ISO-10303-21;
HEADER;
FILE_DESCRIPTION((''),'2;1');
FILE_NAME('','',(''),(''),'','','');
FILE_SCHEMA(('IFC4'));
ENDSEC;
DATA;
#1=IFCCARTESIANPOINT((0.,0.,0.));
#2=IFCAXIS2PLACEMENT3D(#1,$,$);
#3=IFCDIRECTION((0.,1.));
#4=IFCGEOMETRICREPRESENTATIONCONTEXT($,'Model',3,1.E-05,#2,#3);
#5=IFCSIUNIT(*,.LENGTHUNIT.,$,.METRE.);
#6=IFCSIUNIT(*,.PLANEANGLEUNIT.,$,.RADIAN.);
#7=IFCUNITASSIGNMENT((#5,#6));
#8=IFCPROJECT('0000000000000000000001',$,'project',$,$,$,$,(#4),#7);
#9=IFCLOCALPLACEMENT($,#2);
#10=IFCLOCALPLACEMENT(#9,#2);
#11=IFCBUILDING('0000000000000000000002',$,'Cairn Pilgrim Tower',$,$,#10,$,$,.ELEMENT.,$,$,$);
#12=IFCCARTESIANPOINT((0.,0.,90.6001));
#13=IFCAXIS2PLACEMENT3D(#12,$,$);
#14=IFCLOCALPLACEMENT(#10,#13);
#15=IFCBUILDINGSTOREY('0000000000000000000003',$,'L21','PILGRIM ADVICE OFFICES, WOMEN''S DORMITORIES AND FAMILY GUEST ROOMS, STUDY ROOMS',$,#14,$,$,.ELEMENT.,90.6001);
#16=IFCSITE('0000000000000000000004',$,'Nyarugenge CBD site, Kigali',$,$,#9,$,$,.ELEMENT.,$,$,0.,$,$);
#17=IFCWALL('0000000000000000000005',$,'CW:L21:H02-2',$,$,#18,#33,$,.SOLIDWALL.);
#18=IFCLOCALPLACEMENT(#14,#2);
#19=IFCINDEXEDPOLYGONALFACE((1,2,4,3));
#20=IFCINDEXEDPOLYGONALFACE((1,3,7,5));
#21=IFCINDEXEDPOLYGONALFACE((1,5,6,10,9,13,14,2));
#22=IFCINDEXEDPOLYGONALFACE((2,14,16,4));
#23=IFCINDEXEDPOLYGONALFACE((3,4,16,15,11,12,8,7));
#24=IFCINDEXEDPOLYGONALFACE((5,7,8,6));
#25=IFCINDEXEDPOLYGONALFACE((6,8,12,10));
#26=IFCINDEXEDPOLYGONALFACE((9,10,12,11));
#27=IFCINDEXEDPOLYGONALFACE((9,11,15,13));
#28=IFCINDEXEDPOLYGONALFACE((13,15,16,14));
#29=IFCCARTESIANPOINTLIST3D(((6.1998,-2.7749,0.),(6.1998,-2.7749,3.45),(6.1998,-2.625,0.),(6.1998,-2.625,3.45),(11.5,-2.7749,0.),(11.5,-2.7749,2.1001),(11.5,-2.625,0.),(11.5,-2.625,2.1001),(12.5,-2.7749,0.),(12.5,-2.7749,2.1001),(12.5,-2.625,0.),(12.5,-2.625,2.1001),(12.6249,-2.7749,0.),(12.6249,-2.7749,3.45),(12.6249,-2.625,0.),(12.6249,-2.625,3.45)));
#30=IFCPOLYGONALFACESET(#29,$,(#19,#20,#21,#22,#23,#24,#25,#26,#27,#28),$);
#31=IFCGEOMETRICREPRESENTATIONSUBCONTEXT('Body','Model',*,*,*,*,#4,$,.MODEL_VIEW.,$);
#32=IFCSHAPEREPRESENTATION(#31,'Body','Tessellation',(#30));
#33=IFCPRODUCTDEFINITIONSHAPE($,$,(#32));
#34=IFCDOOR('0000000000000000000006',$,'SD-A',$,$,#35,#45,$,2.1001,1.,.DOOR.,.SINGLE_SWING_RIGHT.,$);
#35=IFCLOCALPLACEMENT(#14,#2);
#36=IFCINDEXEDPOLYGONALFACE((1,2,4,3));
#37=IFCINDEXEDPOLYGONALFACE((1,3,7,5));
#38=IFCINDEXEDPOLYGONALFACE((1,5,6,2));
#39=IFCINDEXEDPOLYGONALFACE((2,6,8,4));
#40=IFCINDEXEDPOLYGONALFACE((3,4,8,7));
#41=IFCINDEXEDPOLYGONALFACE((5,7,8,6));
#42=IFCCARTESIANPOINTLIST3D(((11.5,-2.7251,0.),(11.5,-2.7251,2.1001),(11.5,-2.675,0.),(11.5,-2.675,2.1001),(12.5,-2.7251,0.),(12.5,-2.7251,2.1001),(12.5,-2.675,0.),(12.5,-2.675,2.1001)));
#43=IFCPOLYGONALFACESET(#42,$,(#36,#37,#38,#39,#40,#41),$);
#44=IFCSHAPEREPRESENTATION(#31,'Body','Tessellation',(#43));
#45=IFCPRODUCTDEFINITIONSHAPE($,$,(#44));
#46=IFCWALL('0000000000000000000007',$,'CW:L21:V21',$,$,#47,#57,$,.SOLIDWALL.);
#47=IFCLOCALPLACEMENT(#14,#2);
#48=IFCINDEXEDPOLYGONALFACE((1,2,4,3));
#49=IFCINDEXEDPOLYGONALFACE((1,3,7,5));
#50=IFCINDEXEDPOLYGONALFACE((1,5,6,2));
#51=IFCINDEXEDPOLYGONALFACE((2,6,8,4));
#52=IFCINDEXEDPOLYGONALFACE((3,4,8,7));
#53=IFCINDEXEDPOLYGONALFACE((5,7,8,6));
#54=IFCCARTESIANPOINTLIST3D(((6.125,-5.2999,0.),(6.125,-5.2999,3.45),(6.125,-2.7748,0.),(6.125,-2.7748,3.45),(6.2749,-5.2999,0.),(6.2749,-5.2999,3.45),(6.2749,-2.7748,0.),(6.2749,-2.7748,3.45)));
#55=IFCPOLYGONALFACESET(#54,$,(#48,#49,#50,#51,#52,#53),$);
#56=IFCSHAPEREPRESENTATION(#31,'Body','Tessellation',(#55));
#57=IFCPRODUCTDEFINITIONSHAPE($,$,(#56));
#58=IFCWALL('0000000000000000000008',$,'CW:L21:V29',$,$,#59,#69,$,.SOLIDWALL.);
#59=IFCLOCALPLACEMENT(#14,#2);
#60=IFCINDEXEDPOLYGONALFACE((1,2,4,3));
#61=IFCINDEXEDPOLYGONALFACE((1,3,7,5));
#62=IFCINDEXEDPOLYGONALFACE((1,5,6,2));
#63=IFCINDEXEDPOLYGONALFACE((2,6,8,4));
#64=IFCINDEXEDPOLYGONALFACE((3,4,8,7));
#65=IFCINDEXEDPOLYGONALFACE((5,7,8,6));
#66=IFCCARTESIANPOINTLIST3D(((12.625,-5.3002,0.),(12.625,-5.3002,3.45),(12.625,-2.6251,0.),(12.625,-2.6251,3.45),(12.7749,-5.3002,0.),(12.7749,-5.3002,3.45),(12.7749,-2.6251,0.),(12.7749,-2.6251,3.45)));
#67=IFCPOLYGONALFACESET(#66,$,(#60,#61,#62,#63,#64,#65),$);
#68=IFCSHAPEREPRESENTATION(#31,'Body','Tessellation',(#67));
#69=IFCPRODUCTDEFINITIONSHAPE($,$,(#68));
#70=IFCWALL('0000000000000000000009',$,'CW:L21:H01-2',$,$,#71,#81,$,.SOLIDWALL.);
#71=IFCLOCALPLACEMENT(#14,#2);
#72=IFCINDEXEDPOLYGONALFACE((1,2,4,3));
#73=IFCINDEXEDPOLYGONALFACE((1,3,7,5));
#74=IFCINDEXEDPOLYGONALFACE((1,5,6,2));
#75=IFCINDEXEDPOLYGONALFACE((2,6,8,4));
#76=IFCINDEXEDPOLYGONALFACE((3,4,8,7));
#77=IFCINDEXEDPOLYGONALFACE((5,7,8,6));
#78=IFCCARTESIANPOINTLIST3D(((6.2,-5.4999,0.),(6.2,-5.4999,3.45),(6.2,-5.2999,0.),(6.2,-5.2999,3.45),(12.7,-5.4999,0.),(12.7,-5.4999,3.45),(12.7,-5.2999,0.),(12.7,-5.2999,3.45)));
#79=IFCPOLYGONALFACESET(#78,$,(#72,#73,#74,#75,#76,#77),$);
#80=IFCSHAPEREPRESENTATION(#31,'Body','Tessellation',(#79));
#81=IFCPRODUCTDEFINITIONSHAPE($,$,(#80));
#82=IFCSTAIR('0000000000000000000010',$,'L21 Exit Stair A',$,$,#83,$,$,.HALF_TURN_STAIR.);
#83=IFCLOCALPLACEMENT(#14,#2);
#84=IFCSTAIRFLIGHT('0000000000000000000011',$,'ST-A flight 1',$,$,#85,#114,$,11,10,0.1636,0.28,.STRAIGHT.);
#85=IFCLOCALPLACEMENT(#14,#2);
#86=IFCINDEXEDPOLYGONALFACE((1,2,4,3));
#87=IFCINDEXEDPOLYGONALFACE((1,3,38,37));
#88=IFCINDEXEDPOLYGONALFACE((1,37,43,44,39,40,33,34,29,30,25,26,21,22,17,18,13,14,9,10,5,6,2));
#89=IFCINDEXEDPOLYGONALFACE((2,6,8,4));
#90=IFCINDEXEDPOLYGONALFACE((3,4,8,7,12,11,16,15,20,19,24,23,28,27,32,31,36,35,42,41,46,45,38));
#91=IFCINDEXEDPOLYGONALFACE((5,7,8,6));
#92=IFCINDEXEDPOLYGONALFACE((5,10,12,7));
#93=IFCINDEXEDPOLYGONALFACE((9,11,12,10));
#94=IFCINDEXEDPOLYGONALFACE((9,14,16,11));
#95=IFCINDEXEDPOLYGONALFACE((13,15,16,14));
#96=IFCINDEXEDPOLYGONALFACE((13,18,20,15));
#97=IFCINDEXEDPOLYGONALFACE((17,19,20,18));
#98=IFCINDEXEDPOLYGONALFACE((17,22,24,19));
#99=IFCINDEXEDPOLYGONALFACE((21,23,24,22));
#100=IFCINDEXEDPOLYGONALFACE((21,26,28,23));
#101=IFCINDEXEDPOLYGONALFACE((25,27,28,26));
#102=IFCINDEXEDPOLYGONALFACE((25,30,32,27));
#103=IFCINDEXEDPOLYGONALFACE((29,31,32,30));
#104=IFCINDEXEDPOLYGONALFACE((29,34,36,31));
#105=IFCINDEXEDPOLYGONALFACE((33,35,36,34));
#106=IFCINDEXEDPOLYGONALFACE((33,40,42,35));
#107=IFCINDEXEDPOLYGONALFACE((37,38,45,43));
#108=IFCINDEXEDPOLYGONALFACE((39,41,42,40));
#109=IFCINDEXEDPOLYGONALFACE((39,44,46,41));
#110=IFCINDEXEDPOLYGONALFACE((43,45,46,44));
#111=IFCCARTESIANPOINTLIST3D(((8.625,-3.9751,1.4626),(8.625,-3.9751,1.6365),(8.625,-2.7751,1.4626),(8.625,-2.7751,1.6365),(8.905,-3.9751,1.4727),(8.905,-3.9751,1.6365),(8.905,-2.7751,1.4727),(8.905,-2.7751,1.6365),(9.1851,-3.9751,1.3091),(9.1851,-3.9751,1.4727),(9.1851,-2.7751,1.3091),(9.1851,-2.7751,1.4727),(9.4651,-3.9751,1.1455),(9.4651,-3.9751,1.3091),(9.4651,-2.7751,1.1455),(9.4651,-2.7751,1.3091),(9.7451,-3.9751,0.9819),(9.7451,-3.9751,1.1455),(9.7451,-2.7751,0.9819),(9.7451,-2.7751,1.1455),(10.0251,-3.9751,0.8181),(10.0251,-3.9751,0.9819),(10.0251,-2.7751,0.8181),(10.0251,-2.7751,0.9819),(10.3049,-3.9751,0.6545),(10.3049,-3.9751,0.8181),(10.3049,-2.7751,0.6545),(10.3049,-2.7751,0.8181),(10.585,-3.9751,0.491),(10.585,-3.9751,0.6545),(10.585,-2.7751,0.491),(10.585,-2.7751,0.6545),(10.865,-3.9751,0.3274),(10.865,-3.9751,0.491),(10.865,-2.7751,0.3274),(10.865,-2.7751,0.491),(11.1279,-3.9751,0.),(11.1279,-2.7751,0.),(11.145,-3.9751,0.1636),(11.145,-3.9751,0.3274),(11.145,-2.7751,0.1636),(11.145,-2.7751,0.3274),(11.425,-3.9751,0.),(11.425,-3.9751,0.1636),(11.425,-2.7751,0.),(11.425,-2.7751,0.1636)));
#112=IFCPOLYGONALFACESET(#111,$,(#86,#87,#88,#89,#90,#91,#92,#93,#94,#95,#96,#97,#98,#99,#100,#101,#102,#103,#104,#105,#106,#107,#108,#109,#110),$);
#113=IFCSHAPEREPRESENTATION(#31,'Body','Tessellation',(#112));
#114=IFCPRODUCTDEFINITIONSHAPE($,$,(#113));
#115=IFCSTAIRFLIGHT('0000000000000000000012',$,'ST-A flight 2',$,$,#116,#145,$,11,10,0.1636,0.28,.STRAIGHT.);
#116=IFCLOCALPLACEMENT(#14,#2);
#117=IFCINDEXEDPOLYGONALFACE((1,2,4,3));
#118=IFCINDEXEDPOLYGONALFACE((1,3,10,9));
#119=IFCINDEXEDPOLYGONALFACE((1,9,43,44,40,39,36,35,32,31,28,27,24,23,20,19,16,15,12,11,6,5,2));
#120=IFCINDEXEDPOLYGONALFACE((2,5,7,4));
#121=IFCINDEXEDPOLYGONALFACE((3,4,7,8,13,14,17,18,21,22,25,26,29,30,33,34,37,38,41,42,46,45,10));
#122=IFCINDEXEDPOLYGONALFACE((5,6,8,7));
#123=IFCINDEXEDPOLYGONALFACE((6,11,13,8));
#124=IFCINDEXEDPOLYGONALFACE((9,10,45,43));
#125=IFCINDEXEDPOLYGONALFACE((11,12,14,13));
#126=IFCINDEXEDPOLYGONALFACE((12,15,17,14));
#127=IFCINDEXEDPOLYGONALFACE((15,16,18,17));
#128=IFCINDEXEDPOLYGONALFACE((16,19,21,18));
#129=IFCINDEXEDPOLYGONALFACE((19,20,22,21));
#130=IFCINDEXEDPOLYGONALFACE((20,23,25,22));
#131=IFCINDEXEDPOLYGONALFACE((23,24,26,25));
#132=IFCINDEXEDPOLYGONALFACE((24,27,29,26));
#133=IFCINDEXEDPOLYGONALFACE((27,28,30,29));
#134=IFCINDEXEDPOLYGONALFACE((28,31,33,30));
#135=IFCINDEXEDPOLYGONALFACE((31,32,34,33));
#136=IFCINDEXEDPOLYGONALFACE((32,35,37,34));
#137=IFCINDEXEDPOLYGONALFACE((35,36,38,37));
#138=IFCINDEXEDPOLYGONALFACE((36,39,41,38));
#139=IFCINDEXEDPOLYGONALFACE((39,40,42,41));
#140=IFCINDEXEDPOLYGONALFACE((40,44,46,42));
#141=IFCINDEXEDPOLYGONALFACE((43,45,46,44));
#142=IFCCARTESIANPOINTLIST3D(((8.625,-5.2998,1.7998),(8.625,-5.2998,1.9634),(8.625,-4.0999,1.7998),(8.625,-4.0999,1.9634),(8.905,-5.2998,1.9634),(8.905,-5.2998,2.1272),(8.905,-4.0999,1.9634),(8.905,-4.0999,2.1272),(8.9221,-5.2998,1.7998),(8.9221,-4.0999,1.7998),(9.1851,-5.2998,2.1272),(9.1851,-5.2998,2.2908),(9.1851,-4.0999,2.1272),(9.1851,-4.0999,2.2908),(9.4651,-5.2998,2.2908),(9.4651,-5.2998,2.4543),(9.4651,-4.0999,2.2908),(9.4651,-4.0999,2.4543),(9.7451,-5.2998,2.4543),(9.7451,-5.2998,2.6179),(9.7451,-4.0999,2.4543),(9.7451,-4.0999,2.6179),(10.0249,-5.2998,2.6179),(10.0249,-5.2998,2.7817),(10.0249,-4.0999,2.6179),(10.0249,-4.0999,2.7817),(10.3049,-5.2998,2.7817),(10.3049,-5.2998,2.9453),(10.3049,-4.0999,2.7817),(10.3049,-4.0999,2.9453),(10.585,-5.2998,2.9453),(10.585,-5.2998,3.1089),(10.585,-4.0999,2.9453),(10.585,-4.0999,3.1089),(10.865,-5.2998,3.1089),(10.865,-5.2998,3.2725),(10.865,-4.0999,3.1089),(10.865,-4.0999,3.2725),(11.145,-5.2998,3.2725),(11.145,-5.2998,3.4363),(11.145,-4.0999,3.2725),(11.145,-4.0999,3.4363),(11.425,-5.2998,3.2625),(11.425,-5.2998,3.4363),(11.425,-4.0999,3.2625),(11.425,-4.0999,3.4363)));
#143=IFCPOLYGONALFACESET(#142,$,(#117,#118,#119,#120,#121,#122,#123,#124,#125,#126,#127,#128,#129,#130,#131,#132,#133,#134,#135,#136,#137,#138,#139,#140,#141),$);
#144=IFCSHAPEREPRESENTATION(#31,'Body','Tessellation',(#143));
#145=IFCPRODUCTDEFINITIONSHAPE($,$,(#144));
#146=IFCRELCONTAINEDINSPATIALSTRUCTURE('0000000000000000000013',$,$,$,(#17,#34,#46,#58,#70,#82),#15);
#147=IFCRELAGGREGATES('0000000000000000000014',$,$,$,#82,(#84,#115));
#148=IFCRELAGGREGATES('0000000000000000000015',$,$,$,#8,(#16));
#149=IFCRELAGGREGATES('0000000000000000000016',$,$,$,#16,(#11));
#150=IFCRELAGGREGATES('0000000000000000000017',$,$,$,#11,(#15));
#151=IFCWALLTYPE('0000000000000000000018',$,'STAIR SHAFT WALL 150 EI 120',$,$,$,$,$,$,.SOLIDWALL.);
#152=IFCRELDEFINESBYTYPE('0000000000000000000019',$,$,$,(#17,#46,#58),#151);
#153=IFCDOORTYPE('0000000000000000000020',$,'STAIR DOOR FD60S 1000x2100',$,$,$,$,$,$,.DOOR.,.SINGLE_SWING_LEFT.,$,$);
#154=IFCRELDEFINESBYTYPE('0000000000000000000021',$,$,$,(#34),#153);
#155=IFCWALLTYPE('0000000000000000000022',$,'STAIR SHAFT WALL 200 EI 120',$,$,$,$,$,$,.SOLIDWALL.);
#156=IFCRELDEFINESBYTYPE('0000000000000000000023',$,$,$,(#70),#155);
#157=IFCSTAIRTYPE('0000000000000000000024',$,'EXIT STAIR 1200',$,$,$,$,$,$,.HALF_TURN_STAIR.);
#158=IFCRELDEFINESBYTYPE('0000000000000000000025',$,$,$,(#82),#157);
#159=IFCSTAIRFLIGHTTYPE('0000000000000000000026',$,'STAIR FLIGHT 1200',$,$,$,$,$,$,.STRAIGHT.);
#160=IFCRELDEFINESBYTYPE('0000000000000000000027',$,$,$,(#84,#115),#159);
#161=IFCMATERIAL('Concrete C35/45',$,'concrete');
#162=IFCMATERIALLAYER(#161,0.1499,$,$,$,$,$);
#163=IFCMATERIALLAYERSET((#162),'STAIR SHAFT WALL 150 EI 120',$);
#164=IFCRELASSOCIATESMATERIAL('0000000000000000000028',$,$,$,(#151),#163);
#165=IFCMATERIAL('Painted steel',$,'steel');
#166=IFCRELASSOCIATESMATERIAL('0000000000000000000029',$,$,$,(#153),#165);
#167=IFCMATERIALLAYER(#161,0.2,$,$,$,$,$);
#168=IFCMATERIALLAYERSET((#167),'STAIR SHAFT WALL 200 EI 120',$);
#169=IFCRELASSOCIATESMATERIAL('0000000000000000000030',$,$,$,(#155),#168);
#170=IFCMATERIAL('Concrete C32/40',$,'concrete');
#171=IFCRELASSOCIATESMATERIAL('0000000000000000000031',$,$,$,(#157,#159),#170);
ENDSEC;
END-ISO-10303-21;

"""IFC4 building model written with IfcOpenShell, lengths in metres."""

from ifc_helpers import new_model, si_unit, direction, frame, frame_2d, origin, place, context, subcontext, project, spatial, polyline, rectangle, outline, extrude, material, layer, layer_set, type_object, element, fill, aggregate, save


model = new_model("IFC4")

# Units and contexts
model_context = context("Model", 3, precision=1e-05, world=origin(), true_north=direction((0.0, 1.0)))
body_context = subcontext(model_context, "Body", "Model", "MODEL_VIEW")
ifc_project = project(units=[si_unit("LENGTHUNIT", "METRE"), si_unit("PLANEANGLEUNIT", "RADIAN")], contexts=[model_context])

# Site, building, storey
site_placement = place(None, origin())
site = spatial("IfcSite", under=ifc_project, at=site_placement, Name="Nyarugenge CBD site, Kigali", CompositionType="ELEMENT", RefElevation=0.0)
building_placement = place(site_placement, origin())
building = spatial("IfcBuilding", under=site, at=building_placement, Name="Cairn Pilgrim Tower", CompositionType="ELEMENT")
storey_placement = place(building_placement, frame((0.0, 0.0, 90.6001)))
storey = spatial("IfcBuildingStorey", under=building, at=storey_placement, Name="L21", Description="PILGRIM ADVICE OFFICES, WOMEN'S DORMITORIES AND FAMILY GUEST ROOMS, STUDY ROOMS", CompositionType="ELEMENT", Elevation=90.6001)

# Shared definitions
ifc_material_1 = material(Name="Concrete C32/40", Category="concrete")

# Shared definitions
ifc_material_2 = material(Name="Painted steel", Category="steel")

# Wall, opening, door
ifc_material_3 = material(Name="Concrete C35/45", Category="concrete")
ifc_layer_1 = layer(ifc_material_3, 0.1499)
ifc_layer_set_1 = layer_set([ifc_layer_1], Name="STAIR SHAFT WALL 150 EI 120")
wall_type_1 = type_object("IfcWallType", Name="STAIR SHAFT WALL 150 EI 120", PredefinedType="SOLIDWALL", material=ifc_layer_set_1)
wall_1_placement = place(storey_placement, frame((6.2, -2.7, 0.0), z_axis=(0.0, 0.0, 1.0), x_axis=(1.0, 0.0, 0.0)))
wall_1 = element("IfcWall", 1, at=wall_1_placement, inside=storey, type_object=wall_type_1, Name="CW:L21:H02-2", PredefinedType="SOLIDWALL", context=body_context, shape_type="SweptSolid", body=[
    extrude(rectangle(XDim=6.425, YDim=0.1499, at=frame_2d((3.2124, 0.0))), origin(), (0.0, 0.0, 1.0), 3.45),
])
opening_1_placement = place(wall_1_placement, frame((5.3, 0.0, 0.0)))
opening_1 = element("IfcOpeningElement", 2, at=opening_1_placement, cuts=wall_1, PredefinedType="OPENING", context=body_context, shape_type="SweptSolid", body=[
    extrude(rectangle(XDim=1.0, YDim=2.1001, at=frame_2d((0.5, 1.05))), frame((0.0, 0.085, 0.0), z_axis=(0.0, -1.0, 0.0), x_axis=(1.0, 0.0, 0.0)), (0.0, 0.0, 1.0), 0.1699),
])
door_type_1 = type_object("IfcDoorType", Name="STAIR DOOR FD60S 1000x2100", OperationType="SINGLE_SWING_LEFT", PredefinedType="DOOR", material=ifc_material_2)
door_1_placement = place(opening_1_placement, origin())
door_1 = element("IfcDoor", 3, at=door_1_placement, inside=storey, type_object=door_type_1, Name="SD-A", OperationType="SINGLE_SWING_RIGHT", OverallHeight=2.1001, OverallWidth=1.0, PredefinedType="DOOR", context=body_context, shape_type="SweptSolid", body=[
    extrude(rectangle(XDim=1.0, YDim=2.1001, at=frame_2d((0.5, 1.05))), frame((0.0, 0.0249, 0.0), z_axis=(0.0, -1.0, 0.0), x_axis=(1.0, 0.0, 0.0)), (0.0, 0.0, 1.0), 0.05),
])
fill(opening_1, door_1)

# Walls
wall_2_placement = place(storey_placement, frame((6.2, -5.3, 0.0), z_axis=(0.0, 0.0, 1.0), x_axis=(0.0, 1.0, 0.0)))
element("IfcWall", 4, at=wall_2_placement, inside=storey, type_object=wall_type_1, Name="CW:L21:V21", PredefinedType="SOLIDWALL", context=body_context, shape_type="SweptSolid", body=[
    extrude(rectangle(XDim=2.5251, YDim=0.1499, at=frame_2d((1.2627, 0.0))), origin(), (0.0, 0.0, 1.0), 3.45),
])
wall_3_placement = place(storey_placement, frame((12.7, -5.3, 0.0), z_axis=(0.0, 0.0, 1.0), x_axis=(0.0, 1.0, 0.0)))
element("IfcWall", 5, at=wall_3_placement, inside=storey, type_object=wall_type_1, Name="CW:L21:V29", PredefinedType="SOLIDWALL", context=body_context, shape_type="SweptSolid", body=[
    extrude(rectangle(XDim=2.675, YDim=0.1499, at=frame_2d((1.3374, 0.0))), origin(), (0.0, 0.0, 1.0), 3.45),
])
ifc_layer_2 = layer(ifc_material_3, 0.2)
ifc_layer_set_2 = layer_set([ifc_layer_2], Name="STAIR SHAFT WALL 200 EI 120")
wall_type_2 = type_object("IfcWallType", Name="STAIR SHAFT WALL 200 EI 120", PredefinedType="SOLIDWALL", material=ifc_layer_set_2)
wall_4_placement = place(storey_placement, frame((6.2, -5.3999, 0.0), z_axis=(0.0, 0.0, 1.0), x_axis=(1.0, 0.0, 0.0)))
element("IfcWall", 6, at=wall_4_placement, inside=storey, type_object=wall_type_2, Name="CW:L21:H01-2", PredefinedType="SOLIDWALL", context=body_context, shape_type="SweptSolid", body=[
    extrude(rectangle(XDim=6.5, YDim=0.2, at=frame_2d((3.25, 0.0))), origin(), (0.0, 0.0, 1.0), 3.45),
])

# Stair, stair flights
stair_type = type_object("IfcStairType", Name="EXIT STAIR 1200", PredefinedType="HALF_TURN_STAIR", material=ifc_material_1)
stair_placement = place(storey_placement, origin())
stair = element("IfcStair", 7, at=stair_placement, inside=storey, type_object=stair_type, Name="L21 Exit Stair A", PredefinedType="HALF_TURN_STAIR")
stair_flight_type = type_object("IfcStairFlightType", Name="STAIR FLIGHT 1200", PredefinedType="STRAIGHT", material=ifc_material_1)
stair_flight_1_placement = place(storey_placement, frame((11.425, -3.375, 0.0), z_axis=(0.0, 0.0, 1.0), x_axis=(-1.0, 0.0, 0.0)))
stair_flight_1 = element("IfcStairFlight", 8, at=stair_flight_1_placement, type_object=stair_flight_type, Name="ST-A flight 1", NumberOfRisers=11, NumberOfTreads=10, PredefinedType="STRAIGHT", RiserHeight=0.1636, TreadLength=0.28, context=body_context, shape_type="SweptSolid", body=[
    extrude(outline(polyline([(0.0, 0.0), (0.0, 0.1636), (0.28, 0.1636), (0.28, 0.3274), (0.5601, 0.3274), (0.5601, 0.491), (0.8401, 0.491), (0.8401, 0.6545), (1.1201, 0.6545), (1.1201, 0.8181), (1.3999, 0.8181), (1.3999, 0.9819), (1.6799, 0.9819), (1.6799, 1.1455), (1.96, 1.1455), (1.96, 1.3091), (2.24, 1.3091), (2.24, 1.4727), (2.52, 1.4727), (2.52, 1.6365), (2.8, 1.6365), (2.8, 1.8), (2.8, 1.4626), (0.2971, 0.0), (0.0, 0.0)])), frame((0.0, 0.6001, 0.0), z_axis=(0.0, -1.0, 0.0), x_axis=(1.0, 0.0, 0.0)), (0.0, 0.0, 1.0), 1.2),
])
stair_flight_2_placement = place(storey_placement, frame((8.625, -4.7, 1.7998), z_axis=(0.0, 0.0, 1.0), x_axis=(1.0, 0.0, 0.0)))
stair_flight_2 = element("IfcStairFlight", 9, at=stair_flight_2_placement, type_object=stair_flight_type, Name="ST-A flight 2", NumberOfRisers=11, NumberOfTreads=10, PredefinedType="STRAIGHT", RiserHeight=0.1636, TreadLength=0.28, context=body_context, shape_type="SweptSolid", body=[
    extrude(outline(polyline([(0.0, 0.0), (0.0, 0.1636), (0.28, 0.1636), (0.28, 0.3274), (0.5601, 0.3274), (0.5601, 0.491), (0.8401, 0.491), (0.8401, 0.6545), (1.1201, 0.6545), (1.1201, 0.8181), (1.3999, 0.8181), (1.3999, 0.9819), (1.6799, 0.9819), (1.6799, 1.1455), (1.96, 1.1455), (1.96, 1.3091), (2.24, 1.3091), (2.24, 1.4727), (2.52, 1.4727), (2.52, 1.6365), (2.8, 1.6365), (2.8, 1.8), (2.8, 1.4626), (0.2971, 0.0), (0.0, 0.0)])), frame((0.0, 0.6001, 0.0), z_axis=(0.0, -1.0, 0.0), x_axis=(1.0, 0.0, 0.0)), (0.0, 0.0, 1.0), 1.2),
])
aggregate(stair, [stair_flight_1, stair_flight_2])

save(model, "model.ifc")
